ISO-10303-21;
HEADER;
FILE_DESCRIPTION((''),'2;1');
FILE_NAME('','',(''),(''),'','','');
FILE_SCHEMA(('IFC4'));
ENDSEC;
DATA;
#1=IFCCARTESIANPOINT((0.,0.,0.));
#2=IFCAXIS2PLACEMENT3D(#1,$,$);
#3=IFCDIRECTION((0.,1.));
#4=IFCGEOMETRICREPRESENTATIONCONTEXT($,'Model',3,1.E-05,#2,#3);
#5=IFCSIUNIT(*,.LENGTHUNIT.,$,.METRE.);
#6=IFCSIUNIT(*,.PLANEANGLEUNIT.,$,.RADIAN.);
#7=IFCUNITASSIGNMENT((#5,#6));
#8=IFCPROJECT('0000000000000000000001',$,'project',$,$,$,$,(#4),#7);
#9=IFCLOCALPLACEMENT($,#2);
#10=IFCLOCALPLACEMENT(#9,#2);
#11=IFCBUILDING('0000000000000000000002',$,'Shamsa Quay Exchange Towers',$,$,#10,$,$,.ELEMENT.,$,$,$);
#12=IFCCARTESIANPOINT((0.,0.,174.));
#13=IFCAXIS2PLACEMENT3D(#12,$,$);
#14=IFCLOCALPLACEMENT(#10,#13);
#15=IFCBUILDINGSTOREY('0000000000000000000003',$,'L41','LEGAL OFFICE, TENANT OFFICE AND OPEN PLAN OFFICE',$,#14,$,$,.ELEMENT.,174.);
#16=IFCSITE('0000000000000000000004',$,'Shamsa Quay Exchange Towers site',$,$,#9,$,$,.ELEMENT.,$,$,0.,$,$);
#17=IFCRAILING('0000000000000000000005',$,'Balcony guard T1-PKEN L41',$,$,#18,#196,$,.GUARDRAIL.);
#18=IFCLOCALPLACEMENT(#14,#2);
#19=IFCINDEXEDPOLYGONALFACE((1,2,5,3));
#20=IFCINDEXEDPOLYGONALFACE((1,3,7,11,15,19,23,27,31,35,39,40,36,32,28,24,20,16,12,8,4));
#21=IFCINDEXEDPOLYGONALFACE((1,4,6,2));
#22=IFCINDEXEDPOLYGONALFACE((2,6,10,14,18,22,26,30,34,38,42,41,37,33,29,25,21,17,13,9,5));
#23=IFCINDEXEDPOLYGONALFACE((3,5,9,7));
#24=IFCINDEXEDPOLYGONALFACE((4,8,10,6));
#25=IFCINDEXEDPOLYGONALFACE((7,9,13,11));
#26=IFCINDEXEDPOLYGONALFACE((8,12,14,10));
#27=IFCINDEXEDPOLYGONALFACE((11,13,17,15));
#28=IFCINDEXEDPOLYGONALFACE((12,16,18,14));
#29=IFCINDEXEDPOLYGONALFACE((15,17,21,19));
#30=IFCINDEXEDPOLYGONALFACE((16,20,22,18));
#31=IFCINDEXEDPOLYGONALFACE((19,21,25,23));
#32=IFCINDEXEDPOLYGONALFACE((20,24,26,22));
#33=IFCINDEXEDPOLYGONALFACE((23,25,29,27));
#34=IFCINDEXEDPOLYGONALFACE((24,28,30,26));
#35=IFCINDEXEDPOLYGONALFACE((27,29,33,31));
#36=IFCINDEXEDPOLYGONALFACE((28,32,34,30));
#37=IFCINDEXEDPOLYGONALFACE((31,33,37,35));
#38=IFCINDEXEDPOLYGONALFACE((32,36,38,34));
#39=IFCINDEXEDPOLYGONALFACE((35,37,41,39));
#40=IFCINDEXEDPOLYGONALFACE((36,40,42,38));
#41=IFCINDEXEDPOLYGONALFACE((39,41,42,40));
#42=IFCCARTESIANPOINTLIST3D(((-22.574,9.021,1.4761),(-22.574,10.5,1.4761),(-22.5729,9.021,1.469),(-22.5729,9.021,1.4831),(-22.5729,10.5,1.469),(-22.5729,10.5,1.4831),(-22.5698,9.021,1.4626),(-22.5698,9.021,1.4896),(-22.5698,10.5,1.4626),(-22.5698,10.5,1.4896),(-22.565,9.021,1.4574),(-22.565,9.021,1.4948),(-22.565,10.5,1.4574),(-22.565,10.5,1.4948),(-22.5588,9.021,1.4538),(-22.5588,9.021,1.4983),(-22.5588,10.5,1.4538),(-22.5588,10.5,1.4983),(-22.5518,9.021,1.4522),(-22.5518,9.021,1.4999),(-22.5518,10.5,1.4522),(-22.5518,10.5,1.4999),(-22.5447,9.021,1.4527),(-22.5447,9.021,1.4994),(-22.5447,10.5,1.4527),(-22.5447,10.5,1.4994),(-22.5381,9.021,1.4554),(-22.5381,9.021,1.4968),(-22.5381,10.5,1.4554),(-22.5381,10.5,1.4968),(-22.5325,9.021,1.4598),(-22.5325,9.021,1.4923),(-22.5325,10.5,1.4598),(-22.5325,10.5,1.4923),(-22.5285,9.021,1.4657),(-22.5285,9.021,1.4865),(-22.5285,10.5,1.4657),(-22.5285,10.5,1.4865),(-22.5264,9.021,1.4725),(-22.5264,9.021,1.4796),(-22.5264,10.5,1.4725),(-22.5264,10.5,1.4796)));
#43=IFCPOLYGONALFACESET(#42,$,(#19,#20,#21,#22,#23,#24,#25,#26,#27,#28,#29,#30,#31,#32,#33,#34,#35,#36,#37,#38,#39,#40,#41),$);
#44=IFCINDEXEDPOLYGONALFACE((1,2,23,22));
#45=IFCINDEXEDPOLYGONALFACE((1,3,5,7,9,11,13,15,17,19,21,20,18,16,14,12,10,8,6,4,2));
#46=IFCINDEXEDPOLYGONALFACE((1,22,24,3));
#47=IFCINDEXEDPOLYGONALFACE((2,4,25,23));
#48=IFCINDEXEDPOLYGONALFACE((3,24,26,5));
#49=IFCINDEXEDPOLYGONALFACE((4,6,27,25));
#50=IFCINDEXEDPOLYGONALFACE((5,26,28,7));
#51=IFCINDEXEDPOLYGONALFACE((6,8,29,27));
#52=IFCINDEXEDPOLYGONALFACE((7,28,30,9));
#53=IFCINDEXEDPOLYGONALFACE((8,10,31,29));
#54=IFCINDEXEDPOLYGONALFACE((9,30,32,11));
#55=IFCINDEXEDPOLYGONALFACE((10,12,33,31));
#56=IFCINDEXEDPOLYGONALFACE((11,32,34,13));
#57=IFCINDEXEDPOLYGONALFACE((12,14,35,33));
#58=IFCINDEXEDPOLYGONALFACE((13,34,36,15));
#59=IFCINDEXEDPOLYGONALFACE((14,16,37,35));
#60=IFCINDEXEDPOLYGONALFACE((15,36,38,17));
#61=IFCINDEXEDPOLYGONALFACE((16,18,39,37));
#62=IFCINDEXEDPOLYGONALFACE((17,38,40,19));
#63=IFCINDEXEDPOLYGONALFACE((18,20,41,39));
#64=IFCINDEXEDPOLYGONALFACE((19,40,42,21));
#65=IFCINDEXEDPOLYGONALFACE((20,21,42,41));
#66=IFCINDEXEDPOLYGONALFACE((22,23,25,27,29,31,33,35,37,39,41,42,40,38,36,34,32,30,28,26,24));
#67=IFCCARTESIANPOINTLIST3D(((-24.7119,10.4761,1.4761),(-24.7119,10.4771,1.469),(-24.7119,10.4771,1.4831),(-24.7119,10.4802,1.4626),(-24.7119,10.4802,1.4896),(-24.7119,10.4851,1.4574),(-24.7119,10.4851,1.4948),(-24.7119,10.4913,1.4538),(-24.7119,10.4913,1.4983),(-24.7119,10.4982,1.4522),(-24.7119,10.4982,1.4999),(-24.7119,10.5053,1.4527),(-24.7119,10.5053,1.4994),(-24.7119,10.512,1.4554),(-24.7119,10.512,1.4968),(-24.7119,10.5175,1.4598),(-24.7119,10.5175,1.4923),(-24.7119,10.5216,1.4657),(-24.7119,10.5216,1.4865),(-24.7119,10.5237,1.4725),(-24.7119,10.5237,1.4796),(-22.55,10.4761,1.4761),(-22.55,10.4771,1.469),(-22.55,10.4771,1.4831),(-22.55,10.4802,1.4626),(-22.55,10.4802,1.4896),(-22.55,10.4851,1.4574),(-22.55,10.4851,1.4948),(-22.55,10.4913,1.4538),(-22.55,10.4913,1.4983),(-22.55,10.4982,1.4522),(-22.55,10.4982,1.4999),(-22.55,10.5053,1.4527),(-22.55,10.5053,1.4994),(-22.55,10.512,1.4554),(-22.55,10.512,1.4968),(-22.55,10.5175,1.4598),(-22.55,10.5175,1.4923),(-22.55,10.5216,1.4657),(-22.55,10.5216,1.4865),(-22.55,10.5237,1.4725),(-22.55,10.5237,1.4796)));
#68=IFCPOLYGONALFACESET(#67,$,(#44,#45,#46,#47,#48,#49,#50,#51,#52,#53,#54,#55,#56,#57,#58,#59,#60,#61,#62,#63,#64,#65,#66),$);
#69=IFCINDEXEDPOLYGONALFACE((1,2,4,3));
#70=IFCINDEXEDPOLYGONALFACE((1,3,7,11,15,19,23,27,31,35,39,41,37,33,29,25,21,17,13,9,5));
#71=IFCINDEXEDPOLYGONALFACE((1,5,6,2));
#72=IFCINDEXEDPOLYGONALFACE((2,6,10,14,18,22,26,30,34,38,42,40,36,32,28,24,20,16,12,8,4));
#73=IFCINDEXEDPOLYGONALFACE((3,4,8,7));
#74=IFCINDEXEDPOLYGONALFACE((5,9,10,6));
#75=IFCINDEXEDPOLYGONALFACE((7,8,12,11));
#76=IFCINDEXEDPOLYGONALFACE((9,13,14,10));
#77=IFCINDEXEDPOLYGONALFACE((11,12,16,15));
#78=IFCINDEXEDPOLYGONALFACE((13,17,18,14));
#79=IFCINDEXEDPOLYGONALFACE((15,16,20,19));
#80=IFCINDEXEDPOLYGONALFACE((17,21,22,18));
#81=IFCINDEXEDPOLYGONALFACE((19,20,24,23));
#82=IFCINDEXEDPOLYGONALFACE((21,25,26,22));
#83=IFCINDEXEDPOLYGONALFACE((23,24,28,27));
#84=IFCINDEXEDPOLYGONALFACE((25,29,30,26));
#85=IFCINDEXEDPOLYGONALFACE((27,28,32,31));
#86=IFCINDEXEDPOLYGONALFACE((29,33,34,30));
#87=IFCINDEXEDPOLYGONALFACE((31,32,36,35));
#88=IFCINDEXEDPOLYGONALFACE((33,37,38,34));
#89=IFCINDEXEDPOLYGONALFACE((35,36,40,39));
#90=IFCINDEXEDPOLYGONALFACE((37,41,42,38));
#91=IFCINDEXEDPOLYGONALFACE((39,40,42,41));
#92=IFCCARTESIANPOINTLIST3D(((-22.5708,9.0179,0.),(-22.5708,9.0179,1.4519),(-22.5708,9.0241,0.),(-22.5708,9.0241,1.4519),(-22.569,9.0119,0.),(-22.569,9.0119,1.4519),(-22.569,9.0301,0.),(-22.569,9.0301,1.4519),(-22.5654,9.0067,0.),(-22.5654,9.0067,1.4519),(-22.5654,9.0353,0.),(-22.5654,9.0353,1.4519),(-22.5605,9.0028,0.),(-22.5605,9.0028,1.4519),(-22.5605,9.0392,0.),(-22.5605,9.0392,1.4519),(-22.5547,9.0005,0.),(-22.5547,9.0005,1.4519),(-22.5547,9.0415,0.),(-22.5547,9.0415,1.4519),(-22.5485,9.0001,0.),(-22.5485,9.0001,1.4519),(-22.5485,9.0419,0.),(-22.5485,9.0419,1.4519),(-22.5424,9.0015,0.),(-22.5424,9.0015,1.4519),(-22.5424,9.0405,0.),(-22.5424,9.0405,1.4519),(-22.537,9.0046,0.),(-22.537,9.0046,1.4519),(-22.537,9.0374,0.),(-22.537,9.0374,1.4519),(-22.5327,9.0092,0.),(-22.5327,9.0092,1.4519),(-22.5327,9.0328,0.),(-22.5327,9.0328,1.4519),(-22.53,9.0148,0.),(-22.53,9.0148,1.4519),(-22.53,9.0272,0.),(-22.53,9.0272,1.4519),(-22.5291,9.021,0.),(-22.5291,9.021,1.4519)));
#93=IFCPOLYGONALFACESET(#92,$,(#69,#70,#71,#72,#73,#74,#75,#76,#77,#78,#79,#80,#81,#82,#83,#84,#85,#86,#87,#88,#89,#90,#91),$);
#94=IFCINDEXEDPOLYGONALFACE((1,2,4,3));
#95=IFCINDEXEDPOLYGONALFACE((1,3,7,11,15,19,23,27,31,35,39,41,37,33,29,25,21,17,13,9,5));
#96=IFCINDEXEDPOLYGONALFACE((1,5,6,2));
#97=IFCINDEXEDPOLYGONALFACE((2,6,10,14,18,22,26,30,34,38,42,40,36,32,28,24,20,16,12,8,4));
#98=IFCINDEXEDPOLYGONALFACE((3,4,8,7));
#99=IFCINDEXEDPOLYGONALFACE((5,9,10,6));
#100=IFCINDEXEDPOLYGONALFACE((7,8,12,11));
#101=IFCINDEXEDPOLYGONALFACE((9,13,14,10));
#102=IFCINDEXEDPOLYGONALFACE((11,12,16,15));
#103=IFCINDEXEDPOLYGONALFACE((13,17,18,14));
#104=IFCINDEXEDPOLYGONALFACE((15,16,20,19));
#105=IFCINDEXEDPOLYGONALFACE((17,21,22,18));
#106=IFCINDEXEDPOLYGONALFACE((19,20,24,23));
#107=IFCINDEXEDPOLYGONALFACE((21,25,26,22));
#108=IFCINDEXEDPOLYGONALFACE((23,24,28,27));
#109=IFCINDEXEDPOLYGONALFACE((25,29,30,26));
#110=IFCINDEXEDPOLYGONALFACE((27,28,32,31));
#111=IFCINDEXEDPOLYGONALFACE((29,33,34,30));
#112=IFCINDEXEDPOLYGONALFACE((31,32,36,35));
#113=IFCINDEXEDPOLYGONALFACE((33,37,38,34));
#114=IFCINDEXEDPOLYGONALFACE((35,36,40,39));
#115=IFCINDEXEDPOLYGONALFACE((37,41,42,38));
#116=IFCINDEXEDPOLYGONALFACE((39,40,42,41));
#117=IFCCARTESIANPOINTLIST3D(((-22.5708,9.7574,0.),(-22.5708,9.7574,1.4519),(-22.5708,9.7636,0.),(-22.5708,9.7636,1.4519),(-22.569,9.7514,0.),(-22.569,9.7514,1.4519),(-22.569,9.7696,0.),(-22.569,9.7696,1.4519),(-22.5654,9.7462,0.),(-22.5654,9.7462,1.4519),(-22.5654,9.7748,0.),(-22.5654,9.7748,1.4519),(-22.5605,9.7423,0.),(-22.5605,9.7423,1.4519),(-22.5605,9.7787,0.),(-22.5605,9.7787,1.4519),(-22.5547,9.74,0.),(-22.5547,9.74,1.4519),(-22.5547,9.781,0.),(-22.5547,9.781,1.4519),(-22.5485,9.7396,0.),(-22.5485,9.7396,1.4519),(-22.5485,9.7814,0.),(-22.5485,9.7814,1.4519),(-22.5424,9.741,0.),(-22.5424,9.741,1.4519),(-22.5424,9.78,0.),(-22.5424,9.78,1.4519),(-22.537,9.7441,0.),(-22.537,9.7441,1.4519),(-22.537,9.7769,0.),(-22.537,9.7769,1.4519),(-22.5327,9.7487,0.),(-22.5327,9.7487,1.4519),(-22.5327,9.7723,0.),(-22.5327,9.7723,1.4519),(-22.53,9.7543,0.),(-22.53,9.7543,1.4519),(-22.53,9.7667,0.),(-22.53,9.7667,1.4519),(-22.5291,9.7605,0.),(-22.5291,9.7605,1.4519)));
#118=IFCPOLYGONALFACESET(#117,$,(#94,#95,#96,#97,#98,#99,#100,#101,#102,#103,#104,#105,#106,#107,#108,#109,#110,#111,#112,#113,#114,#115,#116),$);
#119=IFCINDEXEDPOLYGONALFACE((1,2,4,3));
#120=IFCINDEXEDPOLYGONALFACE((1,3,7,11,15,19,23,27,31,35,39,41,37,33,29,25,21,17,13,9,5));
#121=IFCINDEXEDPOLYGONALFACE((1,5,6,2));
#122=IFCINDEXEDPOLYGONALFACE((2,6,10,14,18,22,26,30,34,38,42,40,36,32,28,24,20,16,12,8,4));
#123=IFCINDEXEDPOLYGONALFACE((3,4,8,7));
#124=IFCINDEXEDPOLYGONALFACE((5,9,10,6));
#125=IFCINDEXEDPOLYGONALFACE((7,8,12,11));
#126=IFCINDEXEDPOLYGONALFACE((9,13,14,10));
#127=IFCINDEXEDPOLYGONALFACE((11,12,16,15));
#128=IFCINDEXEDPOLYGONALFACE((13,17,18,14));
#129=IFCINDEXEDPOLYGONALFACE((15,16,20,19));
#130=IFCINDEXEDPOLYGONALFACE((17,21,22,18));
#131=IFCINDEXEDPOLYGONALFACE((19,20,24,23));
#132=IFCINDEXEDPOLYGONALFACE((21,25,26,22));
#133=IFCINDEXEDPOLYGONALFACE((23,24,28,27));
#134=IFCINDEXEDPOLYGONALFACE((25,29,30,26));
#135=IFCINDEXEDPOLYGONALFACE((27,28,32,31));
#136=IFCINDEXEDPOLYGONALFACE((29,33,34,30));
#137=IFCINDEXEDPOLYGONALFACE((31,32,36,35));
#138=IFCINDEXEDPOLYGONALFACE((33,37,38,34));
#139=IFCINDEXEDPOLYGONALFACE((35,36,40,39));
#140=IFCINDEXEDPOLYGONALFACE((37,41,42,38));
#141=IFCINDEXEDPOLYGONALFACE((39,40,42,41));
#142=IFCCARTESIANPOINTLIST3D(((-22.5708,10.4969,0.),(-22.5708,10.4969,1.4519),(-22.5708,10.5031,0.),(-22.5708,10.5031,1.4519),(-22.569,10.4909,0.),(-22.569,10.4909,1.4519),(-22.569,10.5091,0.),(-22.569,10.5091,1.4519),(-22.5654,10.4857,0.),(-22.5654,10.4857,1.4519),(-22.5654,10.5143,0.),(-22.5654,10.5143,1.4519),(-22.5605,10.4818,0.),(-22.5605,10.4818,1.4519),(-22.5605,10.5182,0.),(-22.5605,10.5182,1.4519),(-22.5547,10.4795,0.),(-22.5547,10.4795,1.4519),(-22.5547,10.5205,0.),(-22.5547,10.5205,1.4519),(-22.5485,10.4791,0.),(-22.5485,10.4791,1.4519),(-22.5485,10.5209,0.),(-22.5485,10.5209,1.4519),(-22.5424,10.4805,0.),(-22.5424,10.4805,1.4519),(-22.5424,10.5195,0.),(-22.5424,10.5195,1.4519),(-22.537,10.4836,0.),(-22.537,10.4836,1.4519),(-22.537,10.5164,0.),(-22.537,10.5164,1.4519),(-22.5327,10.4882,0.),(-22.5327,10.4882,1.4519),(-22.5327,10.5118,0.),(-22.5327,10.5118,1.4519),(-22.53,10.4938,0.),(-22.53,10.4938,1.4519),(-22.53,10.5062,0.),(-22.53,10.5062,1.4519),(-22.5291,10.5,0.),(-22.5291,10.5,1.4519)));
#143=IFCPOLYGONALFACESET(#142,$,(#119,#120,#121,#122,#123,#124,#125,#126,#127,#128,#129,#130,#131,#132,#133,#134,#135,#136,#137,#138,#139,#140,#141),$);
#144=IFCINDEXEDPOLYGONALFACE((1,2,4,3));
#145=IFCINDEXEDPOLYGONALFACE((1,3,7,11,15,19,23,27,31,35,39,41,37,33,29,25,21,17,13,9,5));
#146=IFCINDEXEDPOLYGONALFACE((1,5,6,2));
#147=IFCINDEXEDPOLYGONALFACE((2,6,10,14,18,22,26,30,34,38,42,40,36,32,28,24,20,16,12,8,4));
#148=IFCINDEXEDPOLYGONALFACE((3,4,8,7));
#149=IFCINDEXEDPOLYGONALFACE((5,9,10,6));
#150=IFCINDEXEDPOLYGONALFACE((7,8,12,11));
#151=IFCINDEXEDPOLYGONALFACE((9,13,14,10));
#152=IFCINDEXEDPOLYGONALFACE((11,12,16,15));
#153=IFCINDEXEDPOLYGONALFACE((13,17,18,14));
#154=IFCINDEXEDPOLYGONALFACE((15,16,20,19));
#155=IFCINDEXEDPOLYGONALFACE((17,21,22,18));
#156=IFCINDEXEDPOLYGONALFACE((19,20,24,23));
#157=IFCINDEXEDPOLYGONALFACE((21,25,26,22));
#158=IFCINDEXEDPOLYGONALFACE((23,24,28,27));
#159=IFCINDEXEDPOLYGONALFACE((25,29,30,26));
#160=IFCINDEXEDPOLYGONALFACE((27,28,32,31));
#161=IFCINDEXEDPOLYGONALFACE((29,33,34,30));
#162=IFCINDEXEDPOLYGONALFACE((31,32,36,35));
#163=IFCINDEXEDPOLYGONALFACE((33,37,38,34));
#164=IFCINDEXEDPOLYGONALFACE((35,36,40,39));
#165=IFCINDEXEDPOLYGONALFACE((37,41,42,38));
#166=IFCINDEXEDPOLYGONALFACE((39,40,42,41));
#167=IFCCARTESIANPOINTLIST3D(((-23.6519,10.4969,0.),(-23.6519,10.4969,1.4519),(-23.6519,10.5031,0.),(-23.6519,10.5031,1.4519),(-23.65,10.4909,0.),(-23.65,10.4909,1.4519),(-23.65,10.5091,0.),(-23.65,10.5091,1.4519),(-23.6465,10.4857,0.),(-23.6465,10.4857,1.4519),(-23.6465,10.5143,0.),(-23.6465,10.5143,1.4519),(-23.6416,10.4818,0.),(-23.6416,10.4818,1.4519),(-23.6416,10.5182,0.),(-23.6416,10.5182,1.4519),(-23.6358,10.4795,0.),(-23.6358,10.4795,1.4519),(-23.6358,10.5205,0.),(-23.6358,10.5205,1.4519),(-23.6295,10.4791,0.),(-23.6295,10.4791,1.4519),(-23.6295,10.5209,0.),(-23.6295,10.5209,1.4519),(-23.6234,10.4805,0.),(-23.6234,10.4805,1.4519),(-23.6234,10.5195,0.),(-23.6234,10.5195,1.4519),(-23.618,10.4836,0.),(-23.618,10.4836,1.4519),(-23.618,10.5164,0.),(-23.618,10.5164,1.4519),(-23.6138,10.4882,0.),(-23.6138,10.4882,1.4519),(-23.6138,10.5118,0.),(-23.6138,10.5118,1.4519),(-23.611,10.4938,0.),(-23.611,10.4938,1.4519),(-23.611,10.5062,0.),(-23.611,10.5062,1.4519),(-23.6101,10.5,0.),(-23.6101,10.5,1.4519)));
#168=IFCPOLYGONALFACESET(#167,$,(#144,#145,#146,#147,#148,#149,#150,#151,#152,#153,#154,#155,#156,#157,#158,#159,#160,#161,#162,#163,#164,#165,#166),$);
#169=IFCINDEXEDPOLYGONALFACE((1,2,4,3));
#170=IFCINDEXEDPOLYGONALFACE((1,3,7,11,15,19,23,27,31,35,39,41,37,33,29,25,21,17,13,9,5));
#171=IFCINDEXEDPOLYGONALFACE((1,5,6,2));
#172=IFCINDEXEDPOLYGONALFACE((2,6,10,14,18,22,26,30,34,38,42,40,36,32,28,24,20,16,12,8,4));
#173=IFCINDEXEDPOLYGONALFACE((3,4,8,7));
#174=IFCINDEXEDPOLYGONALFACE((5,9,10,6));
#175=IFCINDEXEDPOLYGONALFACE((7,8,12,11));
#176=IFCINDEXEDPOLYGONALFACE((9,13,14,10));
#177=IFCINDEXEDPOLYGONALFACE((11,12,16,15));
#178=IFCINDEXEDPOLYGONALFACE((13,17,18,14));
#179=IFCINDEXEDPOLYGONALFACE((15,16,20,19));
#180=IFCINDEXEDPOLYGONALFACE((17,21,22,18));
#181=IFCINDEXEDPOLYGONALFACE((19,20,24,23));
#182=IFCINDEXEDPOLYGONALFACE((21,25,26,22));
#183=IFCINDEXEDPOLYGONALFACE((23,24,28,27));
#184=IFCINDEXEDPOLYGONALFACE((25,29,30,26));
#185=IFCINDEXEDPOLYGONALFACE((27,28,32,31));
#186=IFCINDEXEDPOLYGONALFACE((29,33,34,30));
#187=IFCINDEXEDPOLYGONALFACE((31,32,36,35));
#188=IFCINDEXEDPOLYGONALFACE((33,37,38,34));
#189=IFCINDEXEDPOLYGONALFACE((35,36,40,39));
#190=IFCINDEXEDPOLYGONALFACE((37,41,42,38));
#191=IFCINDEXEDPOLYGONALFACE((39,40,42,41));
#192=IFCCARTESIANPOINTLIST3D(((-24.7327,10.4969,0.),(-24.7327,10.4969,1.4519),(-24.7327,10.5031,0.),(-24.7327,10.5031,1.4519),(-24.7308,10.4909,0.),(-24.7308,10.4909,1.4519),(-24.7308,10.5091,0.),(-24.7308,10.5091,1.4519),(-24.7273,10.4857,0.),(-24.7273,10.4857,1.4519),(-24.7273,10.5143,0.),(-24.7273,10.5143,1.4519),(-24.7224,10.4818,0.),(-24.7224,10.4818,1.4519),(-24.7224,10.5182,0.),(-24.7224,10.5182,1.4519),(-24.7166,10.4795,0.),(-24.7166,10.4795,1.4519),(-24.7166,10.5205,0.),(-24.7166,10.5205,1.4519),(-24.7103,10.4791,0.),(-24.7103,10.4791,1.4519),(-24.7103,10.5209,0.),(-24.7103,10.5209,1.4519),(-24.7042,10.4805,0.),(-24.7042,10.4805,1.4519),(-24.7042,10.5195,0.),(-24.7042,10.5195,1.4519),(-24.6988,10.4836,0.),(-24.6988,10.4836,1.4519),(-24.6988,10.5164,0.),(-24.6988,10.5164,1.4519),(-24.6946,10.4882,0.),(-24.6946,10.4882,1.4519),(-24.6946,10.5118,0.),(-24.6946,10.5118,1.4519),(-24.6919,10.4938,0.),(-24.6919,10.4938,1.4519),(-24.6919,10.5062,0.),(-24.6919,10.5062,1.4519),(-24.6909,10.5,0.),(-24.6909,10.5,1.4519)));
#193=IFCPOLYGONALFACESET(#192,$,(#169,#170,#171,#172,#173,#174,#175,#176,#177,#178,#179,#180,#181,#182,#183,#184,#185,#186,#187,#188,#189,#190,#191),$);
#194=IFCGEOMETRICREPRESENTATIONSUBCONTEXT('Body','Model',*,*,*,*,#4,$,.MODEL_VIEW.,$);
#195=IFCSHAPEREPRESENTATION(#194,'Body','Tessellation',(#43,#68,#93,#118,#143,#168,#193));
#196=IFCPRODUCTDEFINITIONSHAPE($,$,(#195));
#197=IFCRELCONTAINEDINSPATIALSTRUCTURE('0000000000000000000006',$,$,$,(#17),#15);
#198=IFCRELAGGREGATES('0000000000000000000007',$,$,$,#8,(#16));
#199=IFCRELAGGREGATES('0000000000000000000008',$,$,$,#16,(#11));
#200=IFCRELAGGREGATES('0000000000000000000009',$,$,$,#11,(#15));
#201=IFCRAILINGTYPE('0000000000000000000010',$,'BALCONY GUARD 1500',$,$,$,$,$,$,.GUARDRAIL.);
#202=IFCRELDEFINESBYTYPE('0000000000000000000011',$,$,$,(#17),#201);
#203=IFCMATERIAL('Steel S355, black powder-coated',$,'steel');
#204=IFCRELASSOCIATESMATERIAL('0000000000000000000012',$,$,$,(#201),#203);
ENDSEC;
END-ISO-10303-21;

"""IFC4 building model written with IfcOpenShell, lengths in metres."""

from ifc_helpers import new_model, si_unit, direction, frame, origin, origin_2d, place, context, subcontext, project, spatial, circle, extrude, material, type_object, element, save


model = new_model("IFC4")

# Units and contexts
model_context = context("Model", 3, precision=1e-05, world=origin(), true_north=direction((0.0, 1.0)))
body_context = subcontext(model_context, "Body", "Model", "MODEL_VIEW")
ifc_project = project(units=[si_unit("LENGTHUNIT", "METRE"), si_unit("PLANEANGLEUNIT", "RADIAN")], contexts=[model_context])

# Site, building, storey
site_placement = place(None, origin())
site = spatial("IfcSite", under=ifc_project, at=site_placement, Name="Shamsa Quay Exchange Towers site", CompositionType="ELEMENT", RefElevation=0.0)
building_placement = place(site_placement, origin())
building = spatial("IfcBuilding", under=site, at=building_placement, Name="Shamsa Quay Exchange Towers", CompositionType="ELEMENT")
storey_placement = place(building_placement, frame((0.0, 0.0, 174.0)))
storey = spatial("IfcBuildingStorey", under=building, at=storey_placement, Name="L41", Description="LEGAL OFFICE, TENANT OFFICE AND OPEN PLAN OFFICE", CompositionType="ELEMENT", Elevation=174.0)

# Railing
ifc_material_1 = material(Name="Steel S355, black powder-coated", Category="steel")
railing_type = type_object("IfcRailingType", Name="BALCONY GUARD 1500", PredefinedType="GUARDRAIL", material=ifc_material_1)
for number, where, name in (
    (1, (-22.55, 9.021, 0.0), "Balcony guard T1-PKEN L41"),
):
    element("IfcRailing", number, at=place(storey_placement, frame(where)), inside=storey, type_object=railing_type, Name=name, PredefinedType="GUARDRAIL", context=body_context, shape_type="SweptSolid", body=[
        extrude(circle(Radius=0.0239, at=origin_2d()), frame((0.0, 0.0, 1.4761), z_axis=(0.0, 1.0, 0.0), x_axis=(-1.0, 0.0, 0.0)), (0.0, 0.0, 1.0), 1.479),
        extrude(circle(Radius=0.0239, at=origin_2d()), frame((0.0, 1.479, 1.4761), z_axis=(-1.0, 0.0, 0.0), x_axis=(0.0, -1.0, 0.0)), (0.0, 0.0, 1.0), 2.1619),
        extrude(circle(Radius=0.021, at=origin_2d()), origin(), (0.0, 0.0, 1.0), 1.4519),
        extrude(circle(Radius=0.021, at=origin_2d()), frame((0.0, 0.7395, 0.0)), (0.0, 0.0, 1.0), 1.4519),
        extrude(circle(Radius=0.021, at=origin_2d()), frame((0.0, 1.479, 0.0)), (0.0, 0.0, 1.0), 1.4519),
        extrude(circle(Radius=0.021, at=origin_2d()), frame((-1.0811, 1.479, 0.0)), (0.0, 0.0, 1.0), 1.4519),
        extrude(circle(Radius=0.021, at=origin_2d()), frame((-2.1619, 1.479, 0.0)), (0.0, 0.0, 1.0), 1.4519),
    ])

save(model, "model.ifc")
